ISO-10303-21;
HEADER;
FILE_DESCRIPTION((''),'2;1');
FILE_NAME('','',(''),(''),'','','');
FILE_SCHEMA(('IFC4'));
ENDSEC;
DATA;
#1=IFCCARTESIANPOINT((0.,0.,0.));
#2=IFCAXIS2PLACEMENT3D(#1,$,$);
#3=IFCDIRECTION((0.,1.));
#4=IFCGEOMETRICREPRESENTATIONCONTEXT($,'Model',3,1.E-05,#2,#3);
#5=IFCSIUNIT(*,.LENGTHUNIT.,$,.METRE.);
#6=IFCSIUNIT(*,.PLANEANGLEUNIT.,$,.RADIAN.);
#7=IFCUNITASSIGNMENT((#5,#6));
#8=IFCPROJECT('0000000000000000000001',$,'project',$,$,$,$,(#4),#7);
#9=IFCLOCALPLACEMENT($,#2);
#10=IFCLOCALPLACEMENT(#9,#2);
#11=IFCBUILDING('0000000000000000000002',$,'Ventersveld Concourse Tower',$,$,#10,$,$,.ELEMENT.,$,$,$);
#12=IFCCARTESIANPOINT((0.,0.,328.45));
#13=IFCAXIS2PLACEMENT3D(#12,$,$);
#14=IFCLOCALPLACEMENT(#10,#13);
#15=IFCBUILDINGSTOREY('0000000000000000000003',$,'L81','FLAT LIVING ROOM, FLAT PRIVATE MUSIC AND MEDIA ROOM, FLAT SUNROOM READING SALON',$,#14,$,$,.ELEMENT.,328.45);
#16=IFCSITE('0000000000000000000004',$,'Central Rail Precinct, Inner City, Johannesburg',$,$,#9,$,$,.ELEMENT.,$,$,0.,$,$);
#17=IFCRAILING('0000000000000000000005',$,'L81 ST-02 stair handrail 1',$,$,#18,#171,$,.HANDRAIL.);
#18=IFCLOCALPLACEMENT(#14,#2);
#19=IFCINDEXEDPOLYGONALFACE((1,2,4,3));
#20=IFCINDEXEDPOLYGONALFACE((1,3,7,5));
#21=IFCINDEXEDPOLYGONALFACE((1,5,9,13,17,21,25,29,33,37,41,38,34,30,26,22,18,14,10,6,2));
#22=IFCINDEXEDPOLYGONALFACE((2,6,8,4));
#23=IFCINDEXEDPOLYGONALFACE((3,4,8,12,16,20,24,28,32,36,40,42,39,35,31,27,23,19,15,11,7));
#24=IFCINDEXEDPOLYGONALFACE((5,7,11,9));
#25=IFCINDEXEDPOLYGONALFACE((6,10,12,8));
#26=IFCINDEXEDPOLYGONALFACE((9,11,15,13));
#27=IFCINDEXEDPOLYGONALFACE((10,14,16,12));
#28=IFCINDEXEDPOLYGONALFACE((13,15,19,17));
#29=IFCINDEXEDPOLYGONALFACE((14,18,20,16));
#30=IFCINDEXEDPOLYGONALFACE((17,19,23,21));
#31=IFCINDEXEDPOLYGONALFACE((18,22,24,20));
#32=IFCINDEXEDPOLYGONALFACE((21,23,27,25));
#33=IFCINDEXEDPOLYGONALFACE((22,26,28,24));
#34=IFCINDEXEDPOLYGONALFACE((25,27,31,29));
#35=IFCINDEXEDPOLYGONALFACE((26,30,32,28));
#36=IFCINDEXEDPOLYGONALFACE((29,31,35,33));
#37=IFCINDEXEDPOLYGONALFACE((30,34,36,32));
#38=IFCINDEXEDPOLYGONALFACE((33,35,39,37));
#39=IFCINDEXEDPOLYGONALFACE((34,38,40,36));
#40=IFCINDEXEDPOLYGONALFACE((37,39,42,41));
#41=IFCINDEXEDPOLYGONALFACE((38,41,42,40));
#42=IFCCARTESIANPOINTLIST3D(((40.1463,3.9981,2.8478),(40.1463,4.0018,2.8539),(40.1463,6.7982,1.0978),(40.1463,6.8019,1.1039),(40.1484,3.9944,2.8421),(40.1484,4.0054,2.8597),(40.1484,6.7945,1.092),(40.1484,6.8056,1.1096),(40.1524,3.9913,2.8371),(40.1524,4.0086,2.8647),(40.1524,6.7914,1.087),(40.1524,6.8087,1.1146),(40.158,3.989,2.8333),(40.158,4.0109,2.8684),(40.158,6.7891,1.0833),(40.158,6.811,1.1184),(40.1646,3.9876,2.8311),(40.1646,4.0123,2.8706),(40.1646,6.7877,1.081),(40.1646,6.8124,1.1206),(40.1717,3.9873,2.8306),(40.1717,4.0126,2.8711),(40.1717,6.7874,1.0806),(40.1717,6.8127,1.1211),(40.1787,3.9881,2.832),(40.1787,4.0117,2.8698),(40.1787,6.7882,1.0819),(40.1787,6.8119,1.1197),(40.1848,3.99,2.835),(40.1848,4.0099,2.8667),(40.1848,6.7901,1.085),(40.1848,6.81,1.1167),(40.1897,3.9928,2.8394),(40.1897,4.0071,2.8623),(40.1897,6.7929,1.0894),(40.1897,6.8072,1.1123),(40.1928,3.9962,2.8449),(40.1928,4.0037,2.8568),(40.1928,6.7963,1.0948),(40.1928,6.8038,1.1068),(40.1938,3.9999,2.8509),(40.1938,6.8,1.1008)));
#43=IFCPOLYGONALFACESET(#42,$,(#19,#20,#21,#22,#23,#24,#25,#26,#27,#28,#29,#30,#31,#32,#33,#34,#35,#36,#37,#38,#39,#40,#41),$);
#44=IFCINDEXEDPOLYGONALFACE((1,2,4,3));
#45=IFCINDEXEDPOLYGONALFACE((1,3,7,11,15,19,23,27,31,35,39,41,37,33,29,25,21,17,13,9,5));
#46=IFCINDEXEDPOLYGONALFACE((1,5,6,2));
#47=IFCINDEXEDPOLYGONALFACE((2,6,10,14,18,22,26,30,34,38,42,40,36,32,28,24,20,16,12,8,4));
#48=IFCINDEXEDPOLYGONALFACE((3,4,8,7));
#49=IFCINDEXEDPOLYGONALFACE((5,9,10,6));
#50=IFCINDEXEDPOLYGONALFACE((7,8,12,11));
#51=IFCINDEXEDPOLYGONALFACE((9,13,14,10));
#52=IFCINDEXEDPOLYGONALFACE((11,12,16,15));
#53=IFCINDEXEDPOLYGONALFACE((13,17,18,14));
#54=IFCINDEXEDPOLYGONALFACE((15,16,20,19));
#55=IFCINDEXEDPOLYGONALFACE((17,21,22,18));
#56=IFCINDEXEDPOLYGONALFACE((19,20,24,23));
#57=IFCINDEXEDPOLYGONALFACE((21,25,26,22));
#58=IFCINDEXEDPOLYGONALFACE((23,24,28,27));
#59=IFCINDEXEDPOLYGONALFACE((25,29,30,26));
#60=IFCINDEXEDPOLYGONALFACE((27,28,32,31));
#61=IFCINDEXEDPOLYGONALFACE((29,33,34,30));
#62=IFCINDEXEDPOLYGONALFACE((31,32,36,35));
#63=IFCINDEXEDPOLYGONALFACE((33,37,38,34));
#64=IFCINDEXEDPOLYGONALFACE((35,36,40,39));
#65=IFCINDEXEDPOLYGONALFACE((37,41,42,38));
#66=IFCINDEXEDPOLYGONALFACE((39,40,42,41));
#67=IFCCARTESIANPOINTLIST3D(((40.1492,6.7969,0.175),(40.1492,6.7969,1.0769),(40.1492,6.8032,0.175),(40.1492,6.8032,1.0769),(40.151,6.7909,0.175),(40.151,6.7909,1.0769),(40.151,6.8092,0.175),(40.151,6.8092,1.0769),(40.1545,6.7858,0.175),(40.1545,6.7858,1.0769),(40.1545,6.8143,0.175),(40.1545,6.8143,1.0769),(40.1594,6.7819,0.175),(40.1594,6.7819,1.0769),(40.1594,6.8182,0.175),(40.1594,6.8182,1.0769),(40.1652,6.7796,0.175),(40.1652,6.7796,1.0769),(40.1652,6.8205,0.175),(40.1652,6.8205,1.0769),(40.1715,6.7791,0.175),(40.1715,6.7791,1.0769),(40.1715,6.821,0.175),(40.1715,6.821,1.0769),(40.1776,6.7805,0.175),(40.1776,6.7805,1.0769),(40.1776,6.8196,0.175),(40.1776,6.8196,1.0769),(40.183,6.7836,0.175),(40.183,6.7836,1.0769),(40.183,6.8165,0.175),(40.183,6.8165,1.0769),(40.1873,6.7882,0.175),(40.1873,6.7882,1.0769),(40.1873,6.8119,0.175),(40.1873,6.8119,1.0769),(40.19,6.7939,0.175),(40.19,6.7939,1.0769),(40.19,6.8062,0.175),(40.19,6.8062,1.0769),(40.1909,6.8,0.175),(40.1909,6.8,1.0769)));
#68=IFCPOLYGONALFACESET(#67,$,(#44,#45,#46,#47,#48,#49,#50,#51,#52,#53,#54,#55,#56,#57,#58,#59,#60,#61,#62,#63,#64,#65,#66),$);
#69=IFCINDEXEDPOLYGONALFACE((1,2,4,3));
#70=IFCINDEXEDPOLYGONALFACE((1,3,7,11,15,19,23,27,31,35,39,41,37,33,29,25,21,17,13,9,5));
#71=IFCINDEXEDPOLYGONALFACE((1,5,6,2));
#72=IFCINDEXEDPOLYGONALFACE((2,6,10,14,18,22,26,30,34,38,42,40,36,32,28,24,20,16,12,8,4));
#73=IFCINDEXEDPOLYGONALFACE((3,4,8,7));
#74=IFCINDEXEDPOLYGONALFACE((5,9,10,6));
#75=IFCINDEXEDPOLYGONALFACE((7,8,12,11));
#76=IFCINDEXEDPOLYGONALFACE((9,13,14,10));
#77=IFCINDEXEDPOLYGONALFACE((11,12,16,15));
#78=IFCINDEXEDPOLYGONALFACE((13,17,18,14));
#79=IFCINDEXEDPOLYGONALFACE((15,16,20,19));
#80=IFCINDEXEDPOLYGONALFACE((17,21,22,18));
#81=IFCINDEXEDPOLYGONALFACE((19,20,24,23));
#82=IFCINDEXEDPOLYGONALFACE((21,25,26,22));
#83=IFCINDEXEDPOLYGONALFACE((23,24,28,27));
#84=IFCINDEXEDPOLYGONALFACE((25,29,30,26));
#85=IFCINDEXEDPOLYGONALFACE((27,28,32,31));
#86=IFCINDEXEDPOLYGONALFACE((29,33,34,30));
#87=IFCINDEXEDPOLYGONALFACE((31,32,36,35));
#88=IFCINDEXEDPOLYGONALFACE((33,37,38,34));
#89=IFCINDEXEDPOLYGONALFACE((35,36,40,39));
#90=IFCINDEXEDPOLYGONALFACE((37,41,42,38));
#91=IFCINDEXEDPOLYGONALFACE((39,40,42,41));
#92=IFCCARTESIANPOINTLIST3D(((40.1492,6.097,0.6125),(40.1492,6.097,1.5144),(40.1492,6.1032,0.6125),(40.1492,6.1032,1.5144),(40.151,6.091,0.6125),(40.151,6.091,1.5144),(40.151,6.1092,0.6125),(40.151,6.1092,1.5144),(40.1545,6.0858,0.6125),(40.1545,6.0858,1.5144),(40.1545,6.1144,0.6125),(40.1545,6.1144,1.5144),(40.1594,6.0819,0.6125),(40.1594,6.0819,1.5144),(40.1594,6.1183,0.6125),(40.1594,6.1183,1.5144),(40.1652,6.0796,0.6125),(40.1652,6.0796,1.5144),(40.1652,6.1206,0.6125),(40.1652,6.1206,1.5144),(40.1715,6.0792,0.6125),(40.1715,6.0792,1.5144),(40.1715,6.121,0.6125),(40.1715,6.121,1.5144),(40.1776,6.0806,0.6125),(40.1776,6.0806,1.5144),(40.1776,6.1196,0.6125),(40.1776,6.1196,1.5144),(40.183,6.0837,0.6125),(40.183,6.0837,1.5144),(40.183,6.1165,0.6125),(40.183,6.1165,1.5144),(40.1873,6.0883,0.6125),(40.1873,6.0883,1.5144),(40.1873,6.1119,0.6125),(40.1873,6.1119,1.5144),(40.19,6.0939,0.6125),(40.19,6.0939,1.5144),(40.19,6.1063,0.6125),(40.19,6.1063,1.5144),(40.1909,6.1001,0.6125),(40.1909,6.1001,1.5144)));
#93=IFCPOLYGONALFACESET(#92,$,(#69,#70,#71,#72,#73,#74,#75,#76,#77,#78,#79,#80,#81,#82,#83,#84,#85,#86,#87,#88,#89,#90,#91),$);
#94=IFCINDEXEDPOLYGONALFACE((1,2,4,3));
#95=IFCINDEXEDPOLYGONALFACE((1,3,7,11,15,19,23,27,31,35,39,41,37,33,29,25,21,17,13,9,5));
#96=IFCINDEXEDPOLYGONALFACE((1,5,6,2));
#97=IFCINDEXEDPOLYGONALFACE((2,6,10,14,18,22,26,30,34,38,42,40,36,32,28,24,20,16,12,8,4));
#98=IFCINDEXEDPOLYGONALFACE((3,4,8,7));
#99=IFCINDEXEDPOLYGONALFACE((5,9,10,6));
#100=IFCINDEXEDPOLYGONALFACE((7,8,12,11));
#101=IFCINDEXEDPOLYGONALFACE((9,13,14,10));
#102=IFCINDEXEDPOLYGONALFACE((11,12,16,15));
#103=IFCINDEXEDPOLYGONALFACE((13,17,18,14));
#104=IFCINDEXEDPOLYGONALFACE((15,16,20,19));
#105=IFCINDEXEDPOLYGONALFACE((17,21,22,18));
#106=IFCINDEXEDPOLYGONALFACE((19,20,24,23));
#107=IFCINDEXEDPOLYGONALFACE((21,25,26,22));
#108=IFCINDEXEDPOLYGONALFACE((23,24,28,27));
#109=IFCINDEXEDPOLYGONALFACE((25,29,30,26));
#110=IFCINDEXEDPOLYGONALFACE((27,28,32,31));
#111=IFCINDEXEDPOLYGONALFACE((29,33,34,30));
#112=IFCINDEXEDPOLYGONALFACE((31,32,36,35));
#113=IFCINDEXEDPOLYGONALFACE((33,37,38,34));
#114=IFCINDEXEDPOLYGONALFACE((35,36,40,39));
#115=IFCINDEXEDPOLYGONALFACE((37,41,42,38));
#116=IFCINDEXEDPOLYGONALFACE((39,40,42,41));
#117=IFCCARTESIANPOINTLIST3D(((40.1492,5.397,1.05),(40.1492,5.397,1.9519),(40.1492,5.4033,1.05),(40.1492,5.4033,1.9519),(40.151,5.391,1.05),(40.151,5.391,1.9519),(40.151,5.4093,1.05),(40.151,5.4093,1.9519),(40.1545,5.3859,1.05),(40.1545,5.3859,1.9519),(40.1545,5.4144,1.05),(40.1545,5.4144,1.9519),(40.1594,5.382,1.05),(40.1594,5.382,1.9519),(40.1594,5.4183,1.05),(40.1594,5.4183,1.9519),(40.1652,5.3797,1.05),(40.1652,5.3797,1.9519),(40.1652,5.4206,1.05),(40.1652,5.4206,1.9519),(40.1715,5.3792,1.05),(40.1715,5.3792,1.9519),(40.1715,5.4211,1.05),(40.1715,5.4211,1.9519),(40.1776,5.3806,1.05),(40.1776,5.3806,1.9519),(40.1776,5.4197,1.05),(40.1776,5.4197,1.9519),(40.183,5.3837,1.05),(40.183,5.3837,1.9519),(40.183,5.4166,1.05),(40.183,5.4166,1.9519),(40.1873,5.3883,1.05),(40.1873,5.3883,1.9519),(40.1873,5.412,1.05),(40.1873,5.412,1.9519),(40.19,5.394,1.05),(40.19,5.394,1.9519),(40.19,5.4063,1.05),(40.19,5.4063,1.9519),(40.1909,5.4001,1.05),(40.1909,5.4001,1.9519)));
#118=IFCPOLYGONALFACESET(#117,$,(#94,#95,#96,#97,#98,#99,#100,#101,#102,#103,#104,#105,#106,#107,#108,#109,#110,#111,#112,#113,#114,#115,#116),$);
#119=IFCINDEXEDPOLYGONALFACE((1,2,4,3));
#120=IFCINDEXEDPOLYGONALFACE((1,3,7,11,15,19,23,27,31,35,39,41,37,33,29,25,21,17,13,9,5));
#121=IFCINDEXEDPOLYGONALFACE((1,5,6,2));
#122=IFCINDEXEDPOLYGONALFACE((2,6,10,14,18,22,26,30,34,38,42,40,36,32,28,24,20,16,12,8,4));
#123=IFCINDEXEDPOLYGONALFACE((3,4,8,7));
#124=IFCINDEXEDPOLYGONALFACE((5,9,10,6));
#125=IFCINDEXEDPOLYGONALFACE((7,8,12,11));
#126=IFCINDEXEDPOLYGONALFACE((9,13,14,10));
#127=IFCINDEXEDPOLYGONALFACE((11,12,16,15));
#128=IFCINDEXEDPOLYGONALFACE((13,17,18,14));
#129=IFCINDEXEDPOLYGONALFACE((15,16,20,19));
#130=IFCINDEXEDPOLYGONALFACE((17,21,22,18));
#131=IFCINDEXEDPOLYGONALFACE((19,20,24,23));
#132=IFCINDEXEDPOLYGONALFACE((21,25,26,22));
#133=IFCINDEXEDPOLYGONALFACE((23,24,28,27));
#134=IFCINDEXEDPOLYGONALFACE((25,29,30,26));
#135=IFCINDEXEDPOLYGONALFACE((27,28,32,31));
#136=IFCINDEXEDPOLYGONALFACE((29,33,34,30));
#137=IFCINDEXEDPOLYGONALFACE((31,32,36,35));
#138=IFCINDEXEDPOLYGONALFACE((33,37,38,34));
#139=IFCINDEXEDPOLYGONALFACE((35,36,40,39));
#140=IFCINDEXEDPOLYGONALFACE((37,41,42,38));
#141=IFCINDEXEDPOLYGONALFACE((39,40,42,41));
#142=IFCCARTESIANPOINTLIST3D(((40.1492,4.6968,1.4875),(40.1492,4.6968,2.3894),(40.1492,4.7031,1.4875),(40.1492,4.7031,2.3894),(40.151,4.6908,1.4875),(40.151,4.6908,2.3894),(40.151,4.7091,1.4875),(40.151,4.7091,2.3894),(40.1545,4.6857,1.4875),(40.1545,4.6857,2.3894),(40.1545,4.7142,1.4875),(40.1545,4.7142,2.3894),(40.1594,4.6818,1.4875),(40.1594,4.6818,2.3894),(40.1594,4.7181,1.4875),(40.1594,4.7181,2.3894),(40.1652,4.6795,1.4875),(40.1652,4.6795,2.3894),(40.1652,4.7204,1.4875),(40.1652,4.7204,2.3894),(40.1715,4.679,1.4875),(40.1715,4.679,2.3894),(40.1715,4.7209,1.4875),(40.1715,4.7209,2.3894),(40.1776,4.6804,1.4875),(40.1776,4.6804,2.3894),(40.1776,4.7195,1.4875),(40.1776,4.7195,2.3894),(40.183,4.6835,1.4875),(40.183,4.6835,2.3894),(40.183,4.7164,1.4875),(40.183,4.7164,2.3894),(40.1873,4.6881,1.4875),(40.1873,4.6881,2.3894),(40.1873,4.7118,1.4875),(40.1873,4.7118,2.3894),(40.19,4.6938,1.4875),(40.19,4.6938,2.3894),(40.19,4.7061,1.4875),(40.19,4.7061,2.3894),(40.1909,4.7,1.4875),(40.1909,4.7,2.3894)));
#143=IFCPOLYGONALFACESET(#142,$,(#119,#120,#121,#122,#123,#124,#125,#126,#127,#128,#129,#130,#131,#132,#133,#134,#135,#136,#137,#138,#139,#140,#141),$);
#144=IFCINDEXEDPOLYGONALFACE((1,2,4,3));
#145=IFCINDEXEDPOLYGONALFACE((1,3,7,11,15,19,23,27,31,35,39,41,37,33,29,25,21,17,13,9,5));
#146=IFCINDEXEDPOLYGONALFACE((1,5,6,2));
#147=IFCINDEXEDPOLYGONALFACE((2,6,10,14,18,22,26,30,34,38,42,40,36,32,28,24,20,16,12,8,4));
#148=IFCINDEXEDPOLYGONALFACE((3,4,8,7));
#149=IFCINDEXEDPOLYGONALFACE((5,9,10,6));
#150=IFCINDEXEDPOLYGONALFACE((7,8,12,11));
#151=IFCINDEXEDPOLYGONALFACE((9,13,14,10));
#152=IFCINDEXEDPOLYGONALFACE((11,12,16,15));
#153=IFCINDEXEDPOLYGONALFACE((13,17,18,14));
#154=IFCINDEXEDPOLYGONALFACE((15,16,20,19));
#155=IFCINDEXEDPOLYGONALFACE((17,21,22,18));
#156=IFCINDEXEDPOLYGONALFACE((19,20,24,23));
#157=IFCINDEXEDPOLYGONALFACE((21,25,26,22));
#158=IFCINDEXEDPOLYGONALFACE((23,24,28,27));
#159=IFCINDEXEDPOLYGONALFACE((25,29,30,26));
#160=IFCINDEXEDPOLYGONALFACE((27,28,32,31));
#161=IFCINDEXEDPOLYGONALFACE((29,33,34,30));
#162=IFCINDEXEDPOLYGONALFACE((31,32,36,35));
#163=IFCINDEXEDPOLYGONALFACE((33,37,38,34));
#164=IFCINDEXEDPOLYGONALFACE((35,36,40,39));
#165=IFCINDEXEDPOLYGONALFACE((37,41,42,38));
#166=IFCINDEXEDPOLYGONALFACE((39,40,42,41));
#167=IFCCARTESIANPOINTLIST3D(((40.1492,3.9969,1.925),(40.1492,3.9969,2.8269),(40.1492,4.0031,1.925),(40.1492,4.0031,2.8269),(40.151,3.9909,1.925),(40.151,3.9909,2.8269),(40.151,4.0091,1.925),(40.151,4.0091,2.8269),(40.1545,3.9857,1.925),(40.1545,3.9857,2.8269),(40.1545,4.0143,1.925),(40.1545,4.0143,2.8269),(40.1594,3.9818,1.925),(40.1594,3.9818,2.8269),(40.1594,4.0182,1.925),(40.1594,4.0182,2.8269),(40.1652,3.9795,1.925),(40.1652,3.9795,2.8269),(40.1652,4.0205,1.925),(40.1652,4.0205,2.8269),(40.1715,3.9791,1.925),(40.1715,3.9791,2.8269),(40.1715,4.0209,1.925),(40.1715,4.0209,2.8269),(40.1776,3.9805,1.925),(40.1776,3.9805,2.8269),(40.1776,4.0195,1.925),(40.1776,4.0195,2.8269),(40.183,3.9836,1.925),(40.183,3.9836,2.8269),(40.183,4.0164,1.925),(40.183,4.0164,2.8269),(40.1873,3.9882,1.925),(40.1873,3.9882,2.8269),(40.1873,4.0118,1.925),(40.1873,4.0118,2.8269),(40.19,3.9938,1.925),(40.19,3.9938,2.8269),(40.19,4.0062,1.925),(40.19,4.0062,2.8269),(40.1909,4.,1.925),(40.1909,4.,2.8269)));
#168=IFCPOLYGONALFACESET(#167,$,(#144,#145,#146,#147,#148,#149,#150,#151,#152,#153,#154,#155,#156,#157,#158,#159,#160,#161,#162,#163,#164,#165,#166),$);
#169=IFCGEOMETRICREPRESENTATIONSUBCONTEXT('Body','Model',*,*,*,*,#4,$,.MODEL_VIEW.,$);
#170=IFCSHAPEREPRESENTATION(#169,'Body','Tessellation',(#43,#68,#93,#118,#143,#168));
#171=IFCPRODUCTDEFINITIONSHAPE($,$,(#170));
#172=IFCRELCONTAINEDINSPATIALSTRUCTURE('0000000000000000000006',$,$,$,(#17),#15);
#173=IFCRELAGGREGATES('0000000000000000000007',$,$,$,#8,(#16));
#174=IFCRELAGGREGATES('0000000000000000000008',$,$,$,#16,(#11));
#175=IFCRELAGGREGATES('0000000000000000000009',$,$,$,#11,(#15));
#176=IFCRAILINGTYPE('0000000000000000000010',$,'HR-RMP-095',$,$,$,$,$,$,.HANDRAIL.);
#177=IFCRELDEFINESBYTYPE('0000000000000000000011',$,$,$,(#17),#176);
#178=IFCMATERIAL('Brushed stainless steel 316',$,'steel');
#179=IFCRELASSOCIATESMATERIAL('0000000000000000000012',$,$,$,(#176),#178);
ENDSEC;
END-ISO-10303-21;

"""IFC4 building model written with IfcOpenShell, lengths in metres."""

from ifc_helpers import new_model, si_unit, direction, frame, origin, origin_2d, place, context, subcontext, project, spatial, circle, extrude, material, type_object, element, save


model = new_model("IFC4")

# Units and contexts
model_context = context("Model", 3, precision=1e-05, world=origin(), true_north=direction((0.0, 1.0)))
body_context = subcontext(model_context, "Body", "Model", "MODEL_VIEW")
ifc_project = project(units=[si_unit("LENGTHUNIT", "METRE"), si_unit("PLANEANGLEUNIT", "RADIAN")], contexts=[model_context])

# Site, building, storey
site_placement = place(None, origin())
site = spatial("IfcSite", under=ifc_project, at=site_placement, Name="Central Rail Precinct, Inner City, Johannesburg", CompositionType="ELEMENT", RefElevation=0.0)
building_placement = place(site_placement, origin())
building = spatial("IfcBuilding", under=site, at=building_placement, Name="Ventersveld Concourse Tower", CompositionType="ELEMENT")
storey_placement = place(building_placement, frame((0.0, 0.0, 328.45)))
storey = spatial("IfcBuildingStorey", under=building, at=storey_placement, Name="L81", Description="FLAT LIVING ROOM, FLAT PRIVATE MUSIC AND MEDIA ROOM, FLAT SUNROOM READING SALON", CompositionType="ELEMENT", Elevation=328.45)

# Shared definitions
ifc_material_1 = material(Name="Brushed stainless steel 316", Category="steel")

# Railing
railing_type_1 = type_object("IfcRailingType", Name="HR-RMP-095", PredefinedType="HANDRAIL", material=ifc_material_1)
railing_1_placement = place(storey_placement, frame((40.1699, 6.8, 0.175)))
element("IfcRailing", 1, at=railing_1_placement, inside=storey, type_object=railing_type_1, Name="L81 ST-02 stair handrail 1", PredefinedType="HANDRAIL", context=body_context, shape_type="SweptSolid", body=[
    extrude(circle(Radius=0.0239, at=origin_2d()), frame((0.0, 0.0, 0.9258), z_axis=(0.0, -0.848002, 0.529992), x_axis=(1.0, 0.0, 0.0)), (0.0, 0.0, 1.0), 3.302),
    extrude(circle(Radius=0.021, at=origin_2d()), origin(), (0.0, 0.0, 1.0), 0.9019),
    extrude(circle(Radius=0.021, at=origin_2d()), frame((0.0, -0.7, 0.4375)), (0.0, 0.0, 1.0), 0.9019),
    extrude(circle(Radius=0.021, at=origin_2d()), frame((0.0, -1.3999, 0.875)), (0.0, 0.0, 1.0), 0.9019),
    extrude(circle(Radius=0.021, at=origin_2d()), frame((0.0, -2.1001, 1.3125)), (0.0, 0.0, 1.0), 0.9019),
    extrude(circle(Radius=0.021, at=origin_2d()), frame((0.0, -2.8, 1.75)), (0.0, 0.0, 1.0), 0.9019),
])

save(model, "model.ifc")
